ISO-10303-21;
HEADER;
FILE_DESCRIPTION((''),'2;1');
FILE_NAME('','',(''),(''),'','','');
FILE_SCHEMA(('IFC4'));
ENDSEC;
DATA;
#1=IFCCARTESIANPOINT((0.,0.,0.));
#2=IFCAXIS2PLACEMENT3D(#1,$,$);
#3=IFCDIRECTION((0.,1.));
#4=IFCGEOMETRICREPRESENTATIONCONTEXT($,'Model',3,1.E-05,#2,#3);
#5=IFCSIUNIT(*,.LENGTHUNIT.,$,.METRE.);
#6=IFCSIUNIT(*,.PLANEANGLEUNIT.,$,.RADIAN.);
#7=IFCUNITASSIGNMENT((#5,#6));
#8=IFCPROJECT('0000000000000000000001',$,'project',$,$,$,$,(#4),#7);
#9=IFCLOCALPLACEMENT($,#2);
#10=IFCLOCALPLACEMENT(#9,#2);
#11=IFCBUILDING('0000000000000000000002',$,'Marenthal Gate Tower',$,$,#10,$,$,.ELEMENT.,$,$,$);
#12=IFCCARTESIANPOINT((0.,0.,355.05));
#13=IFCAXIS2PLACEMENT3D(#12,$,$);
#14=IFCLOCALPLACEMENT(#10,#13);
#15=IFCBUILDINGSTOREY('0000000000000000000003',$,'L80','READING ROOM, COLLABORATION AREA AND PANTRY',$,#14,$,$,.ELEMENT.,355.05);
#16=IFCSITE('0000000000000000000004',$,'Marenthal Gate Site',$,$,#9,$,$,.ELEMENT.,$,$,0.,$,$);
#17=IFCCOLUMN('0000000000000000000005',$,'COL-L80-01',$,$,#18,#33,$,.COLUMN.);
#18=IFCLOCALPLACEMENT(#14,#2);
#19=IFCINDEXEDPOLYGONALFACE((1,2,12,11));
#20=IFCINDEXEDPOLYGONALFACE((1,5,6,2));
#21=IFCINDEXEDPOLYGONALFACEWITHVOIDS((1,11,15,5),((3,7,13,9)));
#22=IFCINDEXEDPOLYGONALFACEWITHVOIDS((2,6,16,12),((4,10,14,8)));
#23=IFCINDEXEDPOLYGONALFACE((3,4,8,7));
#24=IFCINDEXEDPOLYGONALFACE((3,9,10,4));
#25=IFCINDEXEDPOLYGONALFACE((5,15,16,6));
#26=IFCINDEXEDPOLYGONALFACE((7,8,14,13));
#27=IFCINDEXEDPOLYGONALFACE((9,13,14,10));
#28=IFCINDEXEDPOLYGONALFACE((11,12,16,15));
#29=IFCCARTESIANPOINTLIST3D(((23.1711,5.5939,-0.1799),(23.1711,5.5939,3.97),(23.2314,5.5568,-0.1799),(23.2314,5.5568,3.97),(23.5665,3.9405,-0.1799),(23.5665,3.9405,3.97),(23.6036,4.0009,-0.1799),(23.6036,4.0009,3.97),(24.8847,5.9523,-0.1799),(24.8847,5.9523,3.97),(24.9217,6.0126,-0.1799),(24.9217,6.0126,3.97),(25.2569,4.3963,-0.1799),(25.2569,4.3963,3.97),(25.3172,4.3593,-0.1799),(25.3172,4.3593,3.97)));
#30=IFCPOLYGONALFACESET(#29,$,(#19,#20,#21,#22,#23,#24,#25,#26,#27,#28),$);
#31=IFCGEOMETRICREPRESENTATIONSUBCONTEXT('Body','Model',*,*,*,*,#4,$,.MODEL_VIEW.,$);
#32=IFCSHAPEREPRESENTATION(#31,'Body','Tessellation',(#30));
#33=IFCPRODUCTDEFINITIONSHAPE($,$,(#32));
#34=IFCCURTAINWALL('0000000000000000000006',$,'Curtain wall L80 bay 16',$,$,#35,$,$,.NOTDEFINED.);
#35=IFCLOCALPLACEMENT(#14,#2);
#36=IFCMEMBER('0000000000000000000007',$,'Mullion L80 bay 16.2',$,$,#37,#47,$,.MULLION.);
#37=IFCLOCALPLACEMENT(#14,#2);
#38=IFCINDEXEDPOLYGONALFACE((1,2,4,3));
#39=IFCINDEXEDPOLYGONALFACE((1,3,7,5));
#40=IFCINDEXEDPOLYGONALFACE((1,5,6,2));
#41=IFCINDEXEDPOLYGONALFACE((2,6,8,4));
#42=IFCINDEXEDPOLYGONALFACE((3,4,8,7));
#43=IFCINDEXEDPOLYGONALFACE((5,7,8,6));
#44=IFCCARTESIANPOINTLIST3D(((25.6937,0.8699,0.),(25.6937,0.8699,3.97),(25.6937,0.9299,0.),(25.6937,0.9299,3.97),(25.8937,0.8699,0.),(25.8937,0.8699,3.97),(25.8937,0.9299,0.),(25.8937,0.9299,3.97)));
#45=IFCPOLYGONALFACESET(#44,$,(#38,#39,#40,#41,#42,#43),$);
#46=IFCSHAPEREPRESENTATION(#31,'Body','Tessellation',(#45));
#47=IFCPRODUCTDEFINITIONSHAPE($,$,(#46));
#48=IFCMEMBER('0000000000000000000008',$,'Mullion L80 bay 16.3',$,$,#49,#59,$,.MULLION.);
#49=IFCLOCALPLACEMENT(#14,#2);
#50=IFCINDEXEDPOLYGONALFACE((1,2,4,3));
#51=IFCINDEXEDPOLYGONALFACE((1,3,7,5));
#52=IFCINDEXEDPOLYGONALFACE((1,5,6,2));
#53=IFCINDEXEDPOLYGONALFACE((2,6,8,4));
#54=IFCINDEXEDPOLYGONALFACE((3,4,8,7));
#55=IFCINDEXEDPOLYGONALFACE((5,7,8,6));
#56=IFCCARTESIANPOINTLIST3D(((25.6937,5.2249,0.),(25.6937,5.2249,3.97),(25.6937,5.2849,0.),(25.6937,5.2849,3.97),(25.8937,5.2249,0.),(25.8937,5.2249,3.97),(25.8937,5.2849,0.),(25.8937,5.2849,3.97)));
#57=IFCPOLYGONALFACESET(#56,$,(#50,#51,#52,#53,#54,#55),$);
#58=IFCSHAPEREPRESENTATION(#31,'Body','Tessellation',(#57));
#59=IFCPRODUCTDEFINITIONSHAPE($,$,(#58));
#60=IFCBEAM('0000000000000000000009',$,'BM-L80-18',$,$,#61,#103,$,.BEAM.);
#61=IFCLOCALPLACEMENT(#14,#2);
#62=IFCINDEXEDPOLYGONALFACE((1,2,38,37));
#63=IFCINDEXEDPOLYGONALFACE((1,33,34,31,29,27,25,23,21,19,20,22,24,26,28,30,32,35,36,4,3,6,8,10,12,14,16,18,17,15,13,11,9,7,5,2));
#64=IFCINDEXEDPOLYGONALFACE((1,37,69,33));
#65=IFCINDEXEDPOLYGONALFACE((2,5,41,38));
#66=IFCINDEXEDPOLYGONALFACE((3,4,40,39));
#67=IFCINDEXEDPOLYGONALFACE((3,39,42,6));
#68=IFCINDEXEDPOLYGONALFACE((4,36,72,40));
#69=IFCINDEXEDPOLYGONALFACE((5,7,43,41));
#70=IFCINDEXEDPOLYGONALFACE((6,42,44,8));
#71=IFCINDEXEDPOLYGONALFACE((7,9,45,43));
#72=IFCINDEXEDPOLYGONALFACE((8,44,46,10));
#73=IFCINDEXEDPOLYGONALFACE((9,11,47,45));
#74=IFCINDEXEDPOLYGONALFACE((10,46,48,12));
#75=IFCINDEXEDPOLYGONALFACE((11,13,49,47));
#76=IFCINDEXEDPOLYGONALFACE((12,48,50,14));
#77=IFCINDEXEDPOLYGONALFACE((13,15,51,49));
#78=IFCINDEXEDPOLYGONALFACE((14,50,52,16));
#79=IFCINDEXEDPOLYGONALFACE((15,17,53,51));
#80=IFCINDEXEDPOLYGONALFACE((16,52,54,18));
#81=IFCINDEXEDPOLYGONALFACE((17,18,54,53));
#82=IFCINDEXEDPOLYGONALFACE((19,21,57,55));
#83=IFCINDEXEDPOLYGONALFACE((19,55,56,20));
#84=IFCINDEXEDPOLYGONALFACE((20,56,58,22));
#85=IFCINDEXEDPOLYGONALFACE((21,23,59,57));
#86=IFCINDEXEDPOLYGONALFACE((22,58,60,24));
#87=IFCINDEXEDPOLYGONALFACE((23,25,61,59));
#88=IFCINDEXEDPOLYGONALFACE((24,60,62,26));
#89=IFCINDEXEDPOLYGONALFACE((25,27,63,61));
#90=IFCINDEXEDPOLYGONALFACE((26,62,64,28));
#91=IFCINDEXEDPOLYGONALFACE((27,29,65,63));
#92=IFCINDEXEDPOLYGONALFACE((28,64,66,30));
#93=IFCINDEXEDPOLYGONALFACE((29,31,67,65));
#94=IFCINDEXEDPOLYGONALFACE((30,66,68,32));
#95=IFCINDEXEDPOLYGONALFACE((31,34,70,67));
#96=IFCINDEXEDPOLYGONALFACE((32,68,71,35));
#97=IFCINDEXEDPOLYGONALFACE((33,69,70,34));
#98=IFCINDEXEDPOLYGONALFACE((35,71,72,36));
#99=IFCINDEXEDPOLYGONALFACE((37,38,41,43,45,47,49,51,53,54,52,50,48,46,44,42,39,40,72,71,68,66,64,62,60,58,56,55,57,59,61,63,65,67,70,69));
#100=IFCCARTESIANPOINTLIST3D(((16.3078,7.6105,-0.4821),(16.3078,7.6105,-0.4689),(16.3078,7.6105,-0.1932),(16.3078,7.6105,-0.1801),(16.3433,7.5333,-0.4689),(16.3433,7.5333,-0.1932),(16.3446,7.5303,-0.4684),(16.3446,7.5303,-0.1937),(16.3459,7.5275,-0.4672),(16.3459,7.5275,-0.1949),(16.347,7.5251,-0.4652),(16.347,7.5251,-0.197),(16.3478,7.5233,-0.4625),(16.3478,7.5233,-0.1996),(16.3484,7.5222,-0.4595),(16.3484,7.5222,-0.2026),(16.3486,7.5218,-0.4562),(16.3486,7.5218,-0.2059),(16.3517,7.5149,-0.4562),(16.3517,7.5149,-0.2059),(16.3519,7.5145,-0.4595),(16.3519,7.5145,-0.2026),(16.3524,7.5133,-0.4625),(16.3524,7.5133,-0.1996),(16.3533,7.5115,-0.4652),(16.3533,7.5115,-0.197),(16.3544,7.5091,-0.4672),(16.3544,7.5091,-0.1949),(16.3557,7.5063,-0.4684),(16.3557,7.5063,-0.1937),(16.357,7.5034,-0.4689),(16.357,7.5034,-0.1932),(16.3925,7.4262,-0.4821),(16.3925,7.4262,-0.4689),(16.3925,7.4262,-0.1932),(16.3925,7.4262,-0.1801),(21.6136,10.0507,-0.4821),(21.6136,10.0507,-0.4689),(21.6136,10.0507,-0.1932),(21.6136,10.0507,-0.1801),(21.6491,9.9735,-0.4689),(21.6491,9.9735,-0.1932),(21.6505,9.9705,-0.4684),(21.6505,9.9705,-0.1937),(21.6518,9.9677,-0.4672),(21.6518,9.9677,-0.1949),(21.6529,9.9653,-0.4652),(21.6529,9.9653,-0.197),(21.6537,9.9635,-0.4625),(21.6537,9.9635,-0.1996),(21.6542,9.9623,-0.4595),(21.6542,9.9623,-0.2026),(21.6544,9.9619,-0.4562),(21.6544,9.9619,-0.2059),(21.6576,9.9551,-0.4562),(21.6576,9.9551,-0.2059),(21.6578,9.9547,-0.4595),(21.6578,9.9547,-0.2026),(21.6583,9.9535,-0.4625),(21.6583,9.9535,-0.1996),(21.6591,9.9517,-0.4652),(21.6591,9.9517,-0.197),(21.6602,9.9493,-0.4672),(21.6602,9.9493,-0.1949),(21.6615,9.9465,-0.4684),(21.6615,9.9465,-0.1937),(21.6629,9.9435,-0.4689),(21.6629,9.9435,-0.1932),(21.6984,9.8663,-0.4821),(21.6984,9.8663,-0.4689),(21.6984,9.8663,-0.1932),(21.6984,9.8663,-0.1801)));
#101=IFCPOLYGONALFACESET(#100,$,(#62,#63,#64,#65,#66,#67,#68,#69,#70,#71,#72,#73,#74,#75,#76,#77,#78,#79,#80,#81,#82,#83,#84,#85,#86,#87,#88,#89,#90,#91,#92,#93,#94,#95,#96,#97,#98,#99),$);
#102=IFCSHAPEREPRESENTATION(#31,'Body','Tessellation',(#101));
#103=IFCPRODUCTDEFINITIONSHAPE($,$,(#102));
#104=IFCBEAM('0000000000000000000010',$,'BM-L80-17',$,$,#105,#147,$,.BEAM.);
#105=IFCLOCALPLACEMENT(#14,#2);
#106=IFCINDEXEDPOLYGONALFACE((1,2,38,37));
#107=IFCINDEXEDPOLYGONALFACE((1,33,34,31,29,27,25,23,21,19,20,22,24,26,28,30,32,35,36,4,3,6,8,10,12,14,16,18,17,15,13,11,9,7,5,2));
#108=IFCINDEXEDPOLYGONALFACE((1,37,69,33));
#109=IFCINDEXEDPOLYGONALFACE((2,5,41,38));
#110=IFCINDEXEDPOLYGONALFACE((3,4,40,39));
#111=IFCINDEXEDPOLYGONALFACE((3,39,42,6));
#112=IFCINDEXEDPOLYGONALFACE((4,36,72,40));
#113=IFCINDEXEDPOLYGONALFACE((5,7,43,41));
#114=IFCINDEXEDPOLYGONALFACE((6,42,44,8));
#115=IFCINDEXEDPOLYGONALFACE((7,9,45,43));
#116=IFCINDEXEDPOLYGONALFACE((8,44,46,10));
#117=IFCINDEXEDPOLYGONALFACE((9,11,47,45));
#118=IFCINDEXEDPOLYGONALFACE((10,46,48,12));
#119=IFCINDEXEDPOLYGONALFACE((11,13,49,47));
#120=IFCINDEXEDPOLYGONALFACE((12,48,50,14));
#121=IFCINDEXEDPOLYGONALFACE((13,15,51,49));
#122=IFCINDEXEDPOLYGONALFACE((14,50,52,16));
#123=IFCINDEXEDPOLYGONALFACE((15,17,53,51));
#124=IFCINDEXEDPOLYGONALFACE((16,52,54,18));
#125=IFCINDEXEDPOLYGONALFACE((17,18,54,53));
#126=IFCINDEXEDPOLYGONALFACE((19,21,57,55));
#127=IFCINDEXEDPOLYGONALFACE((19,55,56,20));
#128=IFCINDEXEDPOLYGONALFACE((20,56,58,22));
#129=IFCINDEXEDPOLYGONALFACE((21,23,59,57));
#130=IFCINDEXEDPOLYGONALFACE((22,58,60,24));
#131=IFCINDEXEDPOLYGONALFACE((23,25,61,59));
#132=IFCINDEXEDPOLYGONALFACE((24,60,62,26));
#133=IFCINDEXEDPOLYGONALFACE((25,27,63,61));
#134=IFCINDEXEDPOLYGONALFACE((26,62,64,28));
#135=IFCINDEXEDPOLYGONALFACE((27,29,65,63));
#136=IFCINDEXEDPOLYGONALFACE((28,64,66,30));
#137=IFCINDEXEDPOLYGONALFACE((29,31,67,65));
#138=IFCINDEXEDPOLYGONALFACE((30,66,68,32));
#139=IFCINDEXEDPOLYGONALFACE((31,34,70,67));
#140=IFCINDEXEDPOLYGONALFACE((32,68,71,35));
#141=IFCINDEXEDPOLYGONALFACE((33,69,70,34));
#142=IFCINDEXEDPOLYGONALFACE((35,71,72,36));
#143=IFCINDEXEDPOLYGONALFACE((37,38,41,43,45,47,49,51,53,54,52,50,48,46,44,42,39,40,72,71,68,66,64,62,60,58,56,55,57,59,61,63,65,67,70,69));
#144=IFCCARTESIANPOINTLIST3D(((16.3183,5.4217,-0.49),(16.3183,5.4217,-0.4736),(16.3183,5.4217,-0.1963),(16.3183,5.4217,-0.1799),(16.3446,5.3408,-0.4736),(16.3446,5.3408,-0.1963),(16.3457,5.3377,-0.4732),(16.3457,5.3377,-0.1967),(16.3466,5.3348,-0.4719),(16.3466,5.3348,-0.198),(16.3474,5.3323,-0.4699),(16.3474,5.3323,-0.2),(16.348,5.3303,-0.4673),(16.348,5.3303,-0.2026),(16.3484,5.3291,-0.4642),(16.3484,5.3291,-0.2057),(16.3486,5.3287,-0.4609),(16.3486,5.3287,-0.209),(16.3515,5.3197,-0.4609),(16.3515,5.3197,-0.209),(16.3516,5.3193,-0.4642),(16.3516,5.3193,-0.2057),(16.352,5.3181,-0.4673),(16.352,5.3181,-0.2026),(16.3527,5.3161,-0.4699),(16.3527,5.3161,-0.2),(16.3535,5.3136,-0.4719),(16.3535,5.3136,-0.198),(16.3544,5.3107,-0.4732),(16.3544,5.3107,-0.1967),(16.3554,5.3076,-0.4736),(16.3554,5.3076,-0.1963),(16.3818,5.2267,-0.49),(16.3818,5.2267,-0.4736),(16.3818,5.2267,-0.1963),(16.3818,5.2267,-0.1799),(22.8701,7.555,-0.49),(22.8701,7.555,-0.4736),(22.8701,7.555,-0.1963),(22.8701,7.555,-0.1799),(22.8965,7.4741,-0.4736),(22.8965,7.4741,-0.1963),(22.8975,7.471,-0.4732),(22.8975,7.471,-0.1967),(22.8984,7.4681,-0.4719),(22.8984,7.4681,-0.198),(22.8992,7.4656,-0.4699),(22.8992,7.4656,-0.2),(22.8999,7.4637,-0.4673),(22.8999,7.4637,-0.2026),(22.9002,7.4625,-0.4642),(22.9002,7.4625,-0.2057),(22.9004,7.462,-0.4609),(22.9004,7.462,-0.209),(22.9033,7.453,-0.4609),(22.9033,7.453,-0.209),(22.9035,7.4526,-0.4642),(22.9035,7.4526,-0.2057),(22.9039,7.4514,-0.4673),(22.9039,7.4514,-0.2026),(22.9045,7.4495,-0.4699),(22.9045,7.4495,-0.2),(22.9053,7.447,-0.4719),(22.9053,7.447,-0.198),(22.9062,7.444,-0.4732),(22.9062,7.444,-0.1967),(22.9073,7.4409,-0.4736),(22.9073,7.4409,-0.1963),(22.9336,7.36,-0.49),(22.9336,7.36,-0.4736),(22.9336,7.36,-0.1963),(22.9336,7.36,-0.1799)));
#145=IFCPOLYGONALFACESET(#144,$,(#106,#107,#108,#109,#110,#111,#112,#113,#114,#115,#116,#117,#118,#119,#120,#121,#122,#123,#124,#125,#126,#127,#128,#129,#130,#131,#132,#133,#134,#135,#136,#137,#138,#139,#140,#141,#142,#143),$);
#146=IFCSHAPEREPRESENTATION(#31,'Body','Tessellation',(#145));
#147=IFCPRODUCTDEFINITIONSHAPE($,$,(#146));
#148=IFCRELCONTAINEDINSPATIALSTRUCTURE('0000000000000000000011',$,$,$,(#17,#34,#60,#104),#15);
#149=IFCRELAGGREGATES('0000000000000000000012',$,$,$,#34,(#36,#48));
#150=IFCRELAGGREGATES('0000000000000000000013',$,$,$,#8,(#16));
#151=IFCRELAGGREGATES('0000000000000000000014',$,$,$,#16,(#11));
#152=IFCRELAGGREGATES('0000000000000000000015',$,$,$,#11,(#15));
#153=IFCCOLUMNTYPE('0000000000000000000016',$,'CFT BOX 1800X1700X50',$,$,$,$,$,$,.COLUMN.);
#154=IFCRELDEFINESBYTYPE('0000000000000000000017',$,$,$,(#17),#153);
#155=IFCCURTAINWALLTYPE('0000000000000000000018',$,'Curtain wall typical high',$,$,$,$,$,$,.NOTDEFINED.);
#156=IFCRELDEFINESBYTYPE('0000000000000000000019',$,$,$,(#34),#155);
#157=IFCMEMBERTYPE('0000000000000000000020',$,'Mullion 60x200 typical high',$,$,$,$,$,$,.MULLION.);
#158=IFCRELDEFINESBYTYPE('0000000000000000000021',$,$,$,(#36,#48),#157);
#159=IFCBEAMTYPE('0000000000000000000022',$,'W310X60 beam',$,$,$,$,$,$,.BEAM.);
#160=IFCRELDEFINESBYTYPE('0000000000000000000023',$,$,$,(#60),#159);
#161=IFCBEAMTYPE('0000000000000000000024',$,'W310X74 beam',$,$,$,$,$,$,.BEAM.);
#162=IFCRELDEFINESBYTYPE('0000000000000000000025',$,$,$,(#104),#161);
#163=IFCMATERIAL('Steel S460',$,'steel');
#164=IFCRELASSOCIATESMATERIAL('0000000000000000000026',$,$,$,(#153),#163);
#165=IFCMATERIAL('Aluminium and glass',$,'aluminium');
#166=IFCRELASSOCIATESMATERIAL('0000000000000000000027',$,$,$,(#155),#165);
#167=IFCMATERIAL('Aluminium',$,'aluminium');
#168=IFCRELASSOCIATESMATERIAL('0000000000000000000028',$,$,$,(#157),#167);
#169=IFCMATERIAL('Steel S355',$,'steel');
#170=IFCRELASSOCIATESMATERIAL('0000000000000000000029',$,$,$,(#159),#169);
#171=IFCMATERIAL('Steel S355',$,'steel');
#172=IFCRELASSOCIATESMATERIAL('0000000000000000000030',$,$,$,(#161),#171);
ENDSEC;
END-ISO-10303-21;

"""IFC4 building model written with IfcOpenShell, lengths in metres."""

from ifc_helpers import new_model, si_unit, direction, frame, origin, origin_2d, place, context, subcontext, project, spatial, rectangle, hollow_rectangle, i_section, extrude, material, material_profile, profile_set, type_object, element, aggregate, save


model = new_model("IFC4")

# Units and contexts
model_context = context("Model", 3, precision=1e-05, world=origin(), true_north=direction((0.0, 1.0)))
body_context = subcontext(model_context, "Body", "Model", "MODEL_VIEW")
ifc_project = project(units=[si_unit("LENGTHUNIT", "METRE"), si_unit("PLANEANGLEUNIT", "RADIAN")], contexts=[model_context])

# Site, building, storey
site_placement = place(None, origin())
site = spatial("IfcSite", under=ifc_project, at=site_placement, Name="Marenthal Gate Site", CompositionType="ELEMENT", RefElevation=0.0)
building_placement = place(site_placement, origin())
building = spatial("IfcBuilding", under=site, at=building_placement, Name="Marenthal Gate Tower", CompositionType="ELEMENT")
storey_placement = place(building_placement, frame((0.0, 0.0, 355.05)))
storey = spatial("IfcBuildingStorey", under=building, at=storey_placement, Name="L80", Description="READING ROOM, COLLABORATION AREA AND PANTRY", CompositionType="ELEMENT", Elevation=355.05)

# Column
ifc_material_1 = material(Name="Steel S460", Category="steel")
ifc_material_profile_1 = material_profile(ifc_material_1, hollow_rectangle(XDim=1.7, YDim=1.8, WallThickness=0.05, at=origin_2d()), Name="CFT BOX 1800X1700X50")
ifc_material_2 = material(Name="Concrete 70 MPa", Category="concrete")
ifc_material_profile_2 = material_profile(ifc_material_2, rectangle(XDim=1.6001, YDim=1.7, at=origin_2d()), Name="CFT BOX 1800X1700X50 INFILL")
ifc_profile_set_1 = profile_set([ifc_material_profile_1, ifc_material_profile_2], Name="Steel S460 shell, Concrete 70 MPa infill")
column_type = type_object("IfcColumnType", Name="CFT BOX 1800X1700X50", PredefinedType="COLUMN", material=ifc_profile_set_1)
column_placement = place(storey_placement, frame((24.2441, 4.9766, -0.1799), z_axis=(0.0, 0.0, 1.0), x_axis=(0.232626, -0.972566, 0.0)))
element("IfcColumn", 1, at=column_placement, inside=storey, type_object=column_type, Name="COL-L80-01", PredefinedType="COLUMN", context=body_context, shape_type="SweptSolid", body=[
    extrude(hollow_rectangle(XDim=1.7, YDim=1.8, WallThickness=0.05, at=origin_2d()), origin(), (0.0, 0.0, 1.0), 4.1499),
])

# Curtain wall, members
ifc_material_3 = material(Name="Aluminium and glass", Category="aluminium")
curtain_wall_type = type_object("IfcCurtainWallType", Name="Curtain wall typical high", PredefinedType="NOTDEFINED", material=ifc_material_3)
curtain_wall_placement = place(storey_placement, origin())
curtain_wall = element("IfcCurtainWall", 2, at=curtain_wall_placement, inside=storey, type_object=curtain_wall_type, Name="Curtain wall L80 bay 16", PredefinedType="NOTDEFINED")
ifc_material_4 = material(Name="Aluminium", Category="aluminium")
ifc_material_profile_3 = material_profile(ifc_material_4, rectangle(XDim=0.2, YDim=0.0601, at=origin_2d()), Name="60x200 aluminium mullion")
ifc_profile_set_2 = profile_set([ifc_material_profile_3], Name="Aluminium")
member_type = type_object("IfcMemberType", Name="Mullion 60x200 typical high", PredefinedType="MULLION", material=ifc_profile_set_2)
member_1_placement = place(storey_placement, frame((25.7937, 0.8999, 0.0), z_axis=(0.0, 0.0, 1.0), x_axis=(-1.0, 0.0, 0.0)))
member_1 = element("IfcMember", 3, at=member_1_placement, type_object=member_type, Name="Mullion L80 bay 16.2", PredefinedType="MULLION", context=body_context, shape_type="SweptSolid", body=[
    extrude(rectangle(XDim=0.2, YDim=0.0601, at=origin_2d()), origin(), (0.0, 0.0, 1.0), 3.97),
])
member_2_placement = place(storey_placement, frame((25.7937, 5.2549, 0.0), z_axis=(0.0, 0.0, 1.0), x_axis=(-1.0, 0.0, 0.0)))
member_2 = element("IfcMember", 4, at=member_2_placement, type_object=member_type, Name="Mullion L80 bay 16.3", PredefinedType="MULLION", context=body_context, shape_type="SweptSolid", body=[
    extrude(rectangle(XDim=0.2, YDim=0.0601, at=origin_2d()), origin(), (0.0, 0.0, 1.0), 3.97),
])

# Beams
ifc_material_5 = material(Name="Steel S355", Category="steel")
ifc_material_profile_4 = material_profile(ifc_material_5, i_section(OverallWidth=0.2029, OverallDepth=0.302, WebThickness=0.0076, FlangeThickness=0.0132, FilletRadius=0.0127, at=origin_2d()), Name="W310X60")
ifc_profile_set_3 = profile_set([ifc_material_profile_4], Name="Steel S355")
beam_type_1 = type_object("IfcBeamType", Name="W310X60 beam", PredefinedType="BEAM", material=ifc_profile_set_3)
beam_1_placement = place(storey_placement, frame((21.656, 9.9585, -0.3311), z_axis=(-0.908525, -0.41783, 0.0), x_axis=(0.41783, -0.908525, 0.0)))
element("IfcBeam", 5, at=beam_1_placement, inside=storey, type_object=beam_type_1, Name="BM-L80-18", PredefinedType="BEAM", context=body_context, shape_type="SweptSolid", body=[
    extrude(i_section(OverallWidth=0.2029, OverallDepth=0.302, WebThickness=0.0076, FlangeThickness=0.0132, FilletRadius=0.0127, at=origin_2d()), origin(), (0.0, 0.0, 1.0), 5.8401),
])
ifc_material_6 = material(Name="Steel S355", Category="steel")
ifc_material_profile_5 = material_profile(ifc_material_6, i_section(OverallWidth=0.2051, OverallDepth=0.3101, WebThickness=0.0095, FlangeThickness=0.0164, FilletRadius=0.0127, at=origin_2d()), Name="W310X74")
ifc_profile_set_4 = profile_set([ifc_material_profile_5], Name="Steel S355")
beam_type_2 = type_object("IfcBeamType", Name="W310X74 beam", PredefinedType="BEAM", material=ifc_profile_set_4)
beam_2_placement = place(storey_placement, frame((22.9019, 7.4575, -0.335), z_axis=(-0.950864, -0.309608, 0.0), x_axis=(0.309608, -0.950864, 0.0)))
element("IfcBeam", 6, at=beam_2_placement, inside=storey, type_object=beam_type_2, Name="BM-L80-17", PredefinedType="BEAM", context=body_context, shape_type="SweptSolid", body=[
    extrude(i_section(OverallWidth=0.2051, OverallDepth=0.3101, WebThickness=0.0095, FlangeThickness=0.0164, FilletRadius=0.0127, at=origin_2d()), origin(), (0.0, 0.0, 1.0), 6.8904),
])

aggregate(curtain_wall, [member_1, member_2])

save(model, "model.ifc")
